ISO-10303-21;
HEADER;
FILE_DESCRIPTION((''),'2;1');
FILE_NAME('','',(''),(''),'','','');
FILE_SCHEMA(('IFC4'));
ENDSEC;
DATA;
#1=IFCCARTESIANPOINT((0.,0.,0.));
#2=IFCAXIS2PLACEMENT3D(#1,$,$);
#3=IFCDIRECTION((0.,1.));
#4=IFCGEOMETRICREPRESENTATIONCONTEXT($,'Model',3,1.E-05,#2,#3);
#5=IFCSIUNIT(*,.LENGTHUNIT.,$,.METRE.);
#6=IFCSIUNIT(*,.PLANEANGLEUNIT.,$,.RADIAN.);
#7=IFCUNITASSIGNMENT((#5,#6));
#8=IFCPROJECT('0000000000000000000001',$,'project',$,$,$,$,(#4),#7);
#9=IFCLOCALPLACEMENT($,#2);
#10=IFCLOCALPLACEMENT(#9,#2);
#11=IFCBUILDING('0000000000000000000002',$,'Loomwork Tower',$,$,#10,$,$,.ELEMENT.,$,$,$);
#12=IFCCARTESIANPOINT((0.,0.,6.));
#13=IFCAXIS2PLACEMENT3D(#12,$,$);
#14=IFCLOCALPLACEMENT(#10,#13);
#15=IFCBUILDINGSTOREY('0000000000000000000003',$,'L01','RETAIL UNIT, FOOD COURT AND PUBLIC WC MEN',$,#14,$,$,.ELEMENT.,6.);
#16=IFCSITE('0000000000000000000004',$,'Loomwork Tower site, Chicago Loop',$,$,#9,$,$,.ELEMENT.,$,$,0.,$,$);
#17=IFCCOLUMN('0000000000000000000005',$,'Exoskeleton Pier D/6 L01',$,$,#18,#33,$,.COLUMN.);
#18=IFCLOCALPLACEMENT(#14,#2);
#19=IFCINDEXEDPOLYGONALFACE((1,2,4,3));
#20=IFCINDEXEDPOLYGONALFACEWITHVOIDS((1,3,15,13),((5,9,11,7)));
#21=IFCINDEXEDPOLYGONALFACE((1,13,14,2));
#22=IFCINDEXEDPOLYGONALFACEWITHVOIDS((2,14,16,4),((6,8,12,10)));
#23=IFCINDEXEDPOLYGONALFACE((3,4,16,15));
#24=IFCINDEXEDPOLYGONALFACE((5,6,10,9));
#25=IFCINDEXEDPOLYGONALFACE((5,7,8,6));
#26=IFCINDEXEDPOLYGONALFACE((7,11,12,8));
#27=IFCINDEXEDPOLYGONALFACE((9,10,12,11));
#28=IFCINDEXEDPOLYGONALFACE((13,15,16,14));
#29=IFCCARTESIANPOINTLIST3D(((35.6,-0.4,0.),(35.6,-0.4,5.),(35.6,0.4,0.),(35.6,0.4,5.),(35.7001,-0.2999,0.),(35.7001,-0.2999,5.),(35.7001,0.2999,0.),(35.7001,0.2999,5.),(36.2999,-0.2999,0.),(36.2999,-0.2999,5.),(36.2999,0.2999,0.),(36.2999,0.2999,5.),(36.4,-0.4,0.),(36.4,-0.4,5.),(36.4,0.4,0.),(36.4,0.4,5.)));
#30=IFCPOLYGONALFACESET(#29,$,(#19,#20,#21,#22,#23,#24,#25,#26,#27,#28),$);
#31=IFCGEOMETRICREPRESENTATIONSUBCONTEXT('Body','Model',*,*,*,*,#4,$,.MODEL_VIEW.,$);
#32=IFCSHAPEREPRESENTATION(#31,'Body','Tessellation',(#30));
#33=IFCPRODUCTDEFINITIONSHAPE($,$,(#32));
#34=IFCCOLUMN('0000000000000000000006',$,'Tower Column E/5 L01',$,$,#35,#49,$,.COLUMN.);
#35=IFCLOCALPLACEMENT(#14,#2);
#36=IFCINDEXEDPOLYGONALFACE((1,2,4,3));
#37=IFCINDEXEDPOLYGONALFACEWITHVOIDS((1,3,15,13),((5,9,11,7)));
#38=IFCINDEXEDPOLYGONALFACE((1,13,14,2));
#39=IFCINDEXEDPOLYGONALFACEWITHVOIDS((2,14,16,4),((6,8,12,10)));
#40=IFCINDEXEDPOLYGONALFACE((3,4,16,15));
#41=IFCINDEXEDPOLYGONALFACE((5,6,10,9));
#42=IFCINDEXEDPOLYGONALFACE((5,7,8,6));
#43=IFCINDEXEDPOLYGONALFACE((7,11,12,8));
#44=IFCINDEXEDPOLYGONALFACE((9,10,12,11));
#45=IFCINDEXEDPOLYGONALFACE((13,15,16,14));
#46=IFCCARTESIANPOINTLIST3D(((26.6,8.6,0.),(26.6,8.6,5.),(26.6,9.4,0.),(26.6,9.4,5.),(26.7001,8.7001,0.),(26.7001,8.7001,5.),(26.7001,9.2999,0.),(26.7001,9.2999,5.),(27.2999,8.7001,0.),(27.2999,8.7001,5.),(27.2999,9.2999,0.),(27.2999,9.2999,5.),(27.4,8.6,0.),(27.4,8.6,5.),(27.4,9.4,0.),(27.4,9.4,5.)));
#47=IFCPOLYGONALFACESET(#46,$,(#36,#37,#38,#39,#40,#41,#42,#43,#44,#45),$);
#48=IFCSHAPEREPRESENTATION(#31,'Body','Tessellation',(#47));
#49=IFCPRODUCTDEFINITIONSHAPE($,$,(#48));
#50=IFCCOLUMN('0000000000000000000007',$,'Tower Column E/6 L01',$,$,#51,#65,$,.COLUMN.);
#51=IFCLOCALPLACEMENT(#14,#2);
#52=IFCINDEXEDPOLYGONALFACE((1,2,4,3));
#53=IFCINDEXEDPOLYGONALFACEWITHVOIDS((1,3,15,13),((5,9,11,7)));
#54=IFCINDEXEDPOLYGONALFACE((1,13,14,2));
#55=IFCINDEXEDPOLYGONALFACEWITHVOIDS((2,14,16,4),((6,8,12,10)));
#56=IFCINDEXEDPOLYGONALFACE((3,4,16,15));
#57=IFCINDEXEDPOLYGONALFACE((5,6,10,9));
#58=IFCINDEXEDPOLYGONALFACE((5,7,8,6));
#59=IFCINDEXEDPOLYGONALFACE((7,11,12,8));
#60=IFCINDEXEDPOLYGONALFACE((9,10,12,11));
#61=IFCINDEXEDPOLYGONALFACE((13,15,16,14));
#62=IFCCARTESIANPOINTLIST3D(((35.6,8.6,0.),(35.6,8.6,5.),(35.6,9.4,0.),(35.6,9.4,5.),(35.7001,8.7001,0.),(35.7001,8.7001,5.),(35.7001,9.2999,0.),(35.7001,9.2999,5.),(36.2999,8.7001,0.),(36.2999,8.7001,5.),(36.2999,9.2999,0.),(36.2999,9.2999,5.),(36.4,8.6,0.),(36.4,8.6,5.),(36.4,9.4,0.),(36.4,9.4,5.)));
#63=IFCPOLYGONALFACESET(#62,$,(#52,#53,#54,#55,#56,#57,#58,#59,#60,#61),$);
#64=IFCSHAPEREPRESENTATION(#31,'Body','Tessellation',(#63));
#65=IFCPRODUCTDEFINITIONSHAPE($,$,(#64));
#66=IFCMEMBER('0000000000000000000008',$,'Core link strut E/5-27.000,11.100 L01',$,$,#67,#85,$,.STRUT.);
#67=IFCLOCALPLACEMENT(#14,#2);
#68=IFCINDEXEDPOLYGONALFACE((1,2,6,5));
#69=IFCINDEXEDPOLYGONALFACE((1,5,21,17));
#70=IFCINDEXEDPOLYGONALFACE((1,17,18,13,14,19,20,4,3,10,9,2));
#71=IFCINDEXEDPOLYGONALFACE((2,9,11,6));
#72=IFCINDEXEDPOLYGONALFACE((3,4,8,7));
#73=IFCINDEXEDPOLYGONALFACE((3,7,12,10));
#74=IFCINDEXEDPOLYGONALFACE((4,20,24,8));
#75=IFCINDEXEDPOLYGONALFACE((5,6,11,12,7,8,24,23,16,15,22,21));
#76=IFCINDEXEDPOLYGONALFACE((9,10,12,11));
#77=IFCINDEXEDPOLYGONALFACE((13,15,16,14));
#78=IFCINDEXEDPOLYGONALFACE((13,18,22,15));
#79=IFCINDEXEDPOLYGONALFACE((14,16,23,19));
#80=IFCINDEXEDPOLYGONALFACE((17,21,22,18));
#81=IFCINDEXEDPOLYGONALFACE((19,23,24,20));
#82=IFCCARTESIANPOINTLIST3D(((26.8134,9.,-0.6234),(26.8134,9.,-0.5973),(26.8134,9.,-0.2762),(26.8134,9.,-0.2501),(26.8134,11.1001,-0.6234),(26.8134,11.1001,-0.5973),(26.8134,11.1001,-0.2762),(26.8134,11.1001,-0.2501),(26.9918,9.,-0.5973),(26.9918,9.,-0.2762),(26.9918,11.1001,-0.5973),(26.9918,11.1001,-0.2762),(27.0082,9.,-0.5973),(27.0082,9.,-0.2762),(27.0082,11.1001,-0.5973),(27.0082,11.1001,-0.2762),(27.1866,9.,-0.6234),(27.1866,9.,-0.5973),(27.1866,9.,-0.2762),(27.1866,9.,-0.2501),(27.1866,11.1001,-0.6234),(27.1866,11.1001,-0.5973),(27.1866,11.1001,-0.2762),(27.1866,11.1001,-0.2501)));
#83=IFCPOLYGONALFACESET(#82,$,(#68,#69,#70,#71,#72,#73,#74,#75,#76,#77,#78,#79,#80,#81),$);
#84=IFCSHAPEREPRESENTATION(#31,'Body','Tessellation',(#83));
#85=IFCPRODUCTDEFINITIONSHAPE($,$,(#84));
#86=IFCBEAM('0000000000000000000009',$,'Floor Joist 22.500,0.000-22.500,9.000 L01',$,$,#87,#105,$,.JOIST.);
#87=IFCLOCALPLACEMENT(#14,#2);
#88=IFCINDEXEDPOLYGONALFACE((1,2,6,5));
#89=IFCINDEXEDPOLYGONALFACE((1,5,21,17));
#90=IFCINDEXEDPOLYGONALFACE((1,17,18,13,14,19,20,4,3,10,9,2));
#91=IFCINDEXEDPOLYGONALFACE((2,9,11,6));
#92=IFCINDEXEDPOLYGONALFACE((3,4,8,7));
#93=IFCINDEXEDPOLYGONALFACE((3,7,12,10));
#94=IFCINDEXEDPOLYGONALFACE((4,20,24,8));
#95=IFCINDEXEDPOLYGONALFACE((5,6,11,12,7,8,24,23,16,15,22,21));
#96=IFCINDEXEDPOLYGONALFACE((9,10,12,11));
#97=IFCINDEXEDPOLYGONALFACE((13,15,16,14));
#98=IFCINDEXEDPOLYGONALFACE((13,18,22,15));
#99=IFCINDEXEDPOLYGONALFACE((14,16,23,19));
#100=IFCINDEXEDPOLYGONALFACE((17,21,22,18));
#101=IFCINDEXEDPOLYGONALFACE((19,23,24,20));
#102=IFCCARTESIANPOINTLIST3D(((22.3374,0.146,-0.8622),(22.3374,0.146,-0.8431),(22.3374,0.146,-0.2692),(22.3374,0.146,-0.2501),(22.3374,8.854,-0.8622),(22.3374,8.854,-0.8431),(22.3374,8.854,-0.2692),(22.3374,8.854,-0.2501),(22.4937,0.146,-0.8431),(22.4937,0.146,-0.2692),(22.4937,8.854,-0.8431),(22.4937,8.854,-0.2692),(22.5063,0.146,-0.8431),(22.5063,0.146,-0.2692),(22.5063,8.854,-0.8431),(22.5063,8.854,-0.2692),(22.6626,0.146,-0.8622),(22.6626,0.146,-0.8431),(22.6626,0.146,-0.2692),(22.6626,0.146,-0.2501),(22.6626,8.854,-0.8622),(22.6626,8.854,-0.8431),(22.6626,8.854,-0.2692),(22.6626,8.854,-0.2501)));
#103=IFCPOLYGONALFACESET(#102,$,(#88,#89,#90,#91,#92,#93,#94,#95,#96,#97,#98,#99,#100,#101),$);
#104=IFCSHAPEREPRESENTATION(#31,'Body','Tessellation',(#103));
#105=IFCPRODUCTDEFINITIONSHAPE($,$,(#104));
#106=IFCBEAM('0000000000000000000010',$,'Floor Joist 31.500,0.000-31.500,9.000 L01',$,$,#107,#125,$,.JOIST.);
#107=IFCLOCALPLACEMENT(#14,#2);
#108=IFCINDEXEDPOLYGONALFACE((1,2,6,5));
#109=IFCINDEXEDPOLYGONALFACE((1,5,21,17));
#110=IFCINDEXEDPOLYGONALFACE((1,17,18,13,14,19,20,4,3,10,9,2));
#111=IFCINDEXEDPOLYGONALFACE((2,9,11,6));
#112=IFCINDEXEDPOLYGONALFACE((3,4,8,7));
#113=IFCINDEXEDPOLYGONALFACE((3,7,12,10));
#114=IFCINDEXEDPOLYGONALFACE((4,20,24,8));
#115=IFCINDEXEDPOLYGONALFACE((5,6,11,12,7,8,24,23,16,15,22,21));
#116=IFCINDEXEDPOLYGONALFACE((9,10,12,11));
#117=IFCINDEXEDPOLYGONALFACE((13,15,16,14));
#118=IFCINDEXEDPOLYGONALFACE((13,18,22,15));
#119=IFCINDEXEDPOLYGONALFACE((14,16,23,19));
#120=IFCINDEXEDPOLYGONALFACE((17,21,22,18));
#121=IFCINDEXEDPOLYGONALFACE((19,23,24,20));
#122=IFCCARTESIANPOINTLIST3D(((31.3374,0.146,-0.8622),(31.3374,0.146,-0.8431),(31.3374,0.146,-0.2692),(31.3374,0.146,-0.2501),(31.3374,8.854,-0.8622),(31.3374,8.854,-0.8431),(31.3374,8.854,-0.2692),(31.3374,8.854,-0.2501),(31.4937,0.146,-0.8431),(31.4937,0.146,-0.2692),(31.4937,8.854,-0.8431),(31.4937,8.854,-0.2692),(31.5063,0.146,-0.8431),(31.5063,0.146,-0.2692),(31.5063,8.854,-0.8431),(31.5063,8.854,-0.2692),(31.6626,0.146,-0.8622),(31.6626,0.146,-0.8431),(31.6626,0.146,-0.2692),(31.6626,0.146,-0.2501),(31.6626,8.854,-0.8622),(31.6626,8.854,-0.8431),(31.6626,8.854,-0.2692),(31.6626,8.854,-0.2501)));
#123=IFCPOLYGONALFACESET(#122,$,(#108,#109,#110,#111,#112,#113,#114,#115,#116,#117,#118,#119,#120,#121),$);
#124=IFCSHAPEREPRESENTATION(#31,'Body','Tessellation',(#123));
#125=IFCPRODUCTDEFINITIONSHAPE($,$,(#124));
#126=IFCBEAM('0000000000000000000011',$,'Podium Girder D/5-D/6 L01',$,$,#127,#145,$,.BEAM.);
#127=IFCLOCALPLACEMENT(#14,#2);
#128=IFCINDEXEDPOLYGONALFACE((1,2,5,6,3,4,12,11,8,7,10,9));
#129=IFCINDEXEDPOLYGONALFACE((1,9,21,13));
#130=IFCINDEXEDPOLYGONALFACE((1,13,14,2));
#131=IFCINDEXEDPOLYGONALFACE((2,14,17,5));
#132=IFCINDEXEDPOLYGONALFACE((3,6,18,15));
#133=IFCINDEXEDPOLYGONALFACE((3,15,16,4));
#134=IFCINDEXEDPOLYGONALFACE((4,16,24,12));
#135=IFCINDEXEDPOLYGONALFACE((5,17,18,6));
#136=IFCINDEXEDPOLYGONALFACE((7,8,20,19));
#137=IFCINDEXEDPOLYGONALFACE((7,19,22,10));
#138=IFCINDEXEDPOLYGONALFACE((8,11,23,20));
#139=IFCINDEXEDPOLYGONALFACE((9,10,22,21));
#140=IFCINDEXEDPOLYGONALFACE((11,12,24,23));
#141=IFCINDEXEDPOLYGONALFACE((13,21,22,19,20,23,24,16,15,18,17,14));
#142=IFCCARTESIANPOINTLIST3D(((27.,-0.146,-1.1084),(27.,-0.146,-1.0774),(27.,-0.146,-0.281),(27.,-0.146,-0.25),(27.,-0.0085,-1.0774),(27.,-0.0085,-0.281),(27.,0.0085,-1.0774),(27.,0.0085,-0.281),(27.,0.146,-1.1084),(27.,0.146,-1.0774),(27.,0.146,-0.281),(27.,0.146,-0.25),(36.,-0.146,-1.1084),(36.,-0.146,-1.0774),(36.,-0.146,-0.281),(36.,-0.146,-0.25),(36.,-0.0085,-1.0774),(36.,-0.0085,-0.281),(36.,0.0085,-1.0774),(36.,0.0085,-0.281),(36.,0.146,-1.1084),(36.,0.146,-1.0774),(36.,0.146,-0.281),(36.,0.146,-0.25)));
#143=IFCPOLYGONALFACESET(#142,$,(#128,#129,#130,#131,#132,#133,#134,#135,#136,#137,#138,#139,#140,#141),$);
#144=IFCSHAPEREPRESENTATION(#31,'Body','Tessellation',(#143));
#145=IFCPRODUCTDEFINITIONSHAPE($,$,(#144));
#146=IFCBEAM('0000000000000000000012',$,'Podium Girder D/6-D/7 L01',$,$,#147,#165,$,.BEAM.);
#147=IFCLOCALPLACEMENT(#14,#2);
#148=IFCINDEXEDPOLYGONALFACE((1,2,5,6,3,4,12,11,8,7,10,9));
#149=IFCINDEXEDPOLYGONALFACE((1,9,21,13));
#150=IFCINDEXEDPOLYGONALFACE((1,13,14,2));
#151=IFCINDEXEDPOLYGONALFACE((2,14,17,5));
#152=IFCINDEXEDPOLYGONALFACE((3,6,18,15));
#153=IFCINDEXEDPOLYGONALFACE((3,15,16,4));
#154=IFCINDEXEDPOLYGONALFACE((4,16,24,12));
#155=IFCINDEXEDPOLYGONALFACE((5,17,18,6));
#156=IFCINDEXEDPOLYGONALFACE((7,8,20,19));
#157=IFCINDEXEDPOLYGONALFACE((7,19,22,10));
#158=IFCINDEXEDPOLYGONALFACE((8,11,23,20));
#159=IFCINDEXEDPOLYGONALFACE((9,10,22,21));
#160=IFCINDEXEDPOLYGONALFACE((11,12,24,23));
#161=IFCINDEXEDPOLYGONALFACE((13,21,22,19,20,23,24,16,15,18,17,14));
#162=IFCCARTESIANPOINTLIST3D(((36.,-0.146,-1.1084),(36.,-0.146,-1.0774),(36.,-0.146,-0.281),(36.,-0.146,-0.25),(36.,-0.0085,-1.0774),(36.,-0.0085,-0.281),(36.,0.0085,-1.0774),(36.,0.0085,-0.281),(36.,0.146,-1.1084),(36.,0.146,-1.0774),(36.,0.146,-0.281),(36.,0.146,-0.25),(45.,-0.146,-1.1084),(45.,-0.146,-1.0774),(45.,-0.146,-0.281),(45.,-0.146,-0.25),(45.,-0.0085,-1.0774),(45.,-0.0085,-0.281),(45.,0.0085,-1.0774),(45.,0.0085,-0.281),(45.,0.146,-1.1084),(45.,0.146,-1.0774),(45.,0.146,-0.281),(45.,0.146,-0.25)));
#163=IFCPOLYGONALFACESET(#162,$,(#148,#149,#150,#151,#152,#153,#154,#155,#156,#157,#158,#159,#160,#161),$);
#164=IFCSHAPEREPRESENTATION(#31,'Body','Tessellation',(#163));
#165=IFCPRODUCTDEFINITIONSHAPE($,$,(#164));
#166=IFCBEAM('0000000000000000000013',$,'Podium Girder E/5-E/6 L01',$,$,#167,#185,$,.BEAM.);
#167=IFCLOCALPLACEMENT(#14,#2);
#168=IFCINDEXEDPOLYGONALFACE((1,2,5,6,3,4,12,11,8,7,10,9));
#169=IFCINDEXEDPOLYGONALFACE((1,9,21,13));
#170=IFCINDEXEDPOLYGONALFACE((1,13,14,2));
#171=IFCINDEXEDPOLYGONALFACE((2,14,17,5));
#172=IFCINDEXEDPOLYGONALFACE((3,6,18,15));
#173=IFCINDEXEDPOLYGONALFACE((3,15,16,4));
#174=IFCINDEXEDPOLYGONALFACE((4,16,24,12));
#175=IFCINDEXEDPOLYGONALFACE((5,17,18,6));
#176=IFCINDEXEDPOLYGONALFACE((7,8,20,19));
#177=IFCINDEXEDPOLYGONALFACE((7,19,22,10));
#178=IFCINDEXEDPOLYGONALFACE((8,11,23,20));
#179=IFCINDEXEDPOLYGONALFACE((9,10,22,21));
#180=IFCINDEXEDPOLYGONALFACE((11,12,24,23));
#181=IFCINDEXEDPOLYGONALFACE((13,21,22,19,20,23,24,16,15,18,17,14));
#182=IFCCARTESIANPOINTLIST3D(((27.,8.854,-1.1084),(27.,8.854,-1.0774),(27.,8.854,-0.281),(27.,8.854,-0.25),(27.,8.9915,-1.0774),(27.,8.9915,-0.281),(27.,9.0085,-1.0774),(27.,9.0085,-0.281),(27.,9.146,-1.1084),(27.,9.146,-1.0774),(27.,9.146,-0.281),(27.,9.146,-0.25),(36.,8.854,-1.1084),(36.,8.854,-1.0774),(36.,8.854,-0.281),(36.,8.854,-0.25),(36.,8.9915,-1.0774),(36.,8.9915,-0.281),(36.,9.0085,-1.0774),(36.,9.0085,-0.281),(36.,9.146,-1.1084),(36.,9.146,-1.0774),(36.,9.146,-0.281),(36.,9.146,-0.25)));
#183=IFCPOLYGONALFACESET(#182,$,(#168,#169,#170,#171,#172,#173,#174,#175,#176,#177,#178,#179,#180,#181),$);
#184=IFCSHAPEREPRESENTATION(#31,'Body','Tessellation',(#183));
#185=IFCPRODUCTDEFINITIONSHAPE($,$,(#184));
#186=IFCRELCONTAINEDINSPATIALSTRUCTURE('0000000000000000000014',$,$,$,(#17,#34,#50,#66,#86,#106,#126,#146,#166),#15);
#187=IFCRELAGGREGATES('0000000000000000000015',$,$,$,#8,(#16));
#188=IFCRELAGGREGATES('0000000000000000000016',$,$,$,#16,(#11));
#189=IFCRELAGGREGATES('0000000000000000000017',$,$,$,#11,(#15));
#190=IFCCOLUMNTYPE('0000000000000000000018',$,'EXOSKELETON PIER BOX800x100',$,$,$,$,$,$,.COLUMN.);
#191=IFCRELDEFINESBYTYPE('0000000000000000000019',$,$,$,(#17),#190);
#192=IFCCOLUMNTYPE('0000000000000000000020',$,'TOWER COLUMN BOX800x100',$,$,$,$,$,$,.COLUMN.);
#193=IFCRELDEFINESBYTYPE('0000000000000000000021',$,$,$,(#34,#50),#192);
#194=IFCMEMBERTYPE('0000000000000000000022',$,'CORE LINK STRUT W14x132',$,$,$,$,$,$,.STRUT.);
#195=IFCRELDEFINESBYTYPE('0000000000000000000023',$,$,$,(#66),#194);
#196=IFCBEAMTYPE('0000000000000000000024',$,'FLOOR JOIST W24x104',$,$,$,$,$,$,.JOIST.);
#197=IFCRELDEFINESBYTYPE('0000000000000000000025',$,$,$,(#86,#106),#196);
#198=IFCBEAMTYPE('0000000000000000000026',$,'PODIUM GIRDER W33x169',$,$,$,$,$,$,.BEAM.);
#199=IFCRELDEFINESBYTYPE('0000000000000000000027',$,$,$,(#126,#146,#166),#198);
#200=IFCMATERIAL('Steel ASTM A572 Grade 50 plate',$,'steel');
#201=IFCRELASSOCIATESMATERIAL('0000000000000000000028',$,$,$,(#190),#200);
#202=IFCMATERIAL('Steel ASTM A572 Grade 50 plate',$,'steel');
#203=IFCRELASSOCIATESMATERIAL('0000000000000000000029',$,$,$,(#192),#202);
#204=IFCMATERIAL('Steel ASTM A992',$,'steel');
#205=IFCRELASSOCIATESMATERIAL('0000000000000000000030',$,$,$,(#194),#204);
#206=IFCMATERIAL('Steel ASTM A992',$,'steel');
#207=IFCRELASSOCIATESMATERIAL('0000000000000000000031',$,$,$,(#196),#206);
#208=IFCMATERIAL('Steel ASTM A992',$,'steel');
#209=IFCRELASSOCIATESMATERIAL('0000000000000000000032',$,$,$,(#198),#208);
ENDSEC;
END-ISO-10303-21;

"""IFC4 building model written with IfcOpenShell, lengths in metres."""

from ifc_helpers import new_model, si_unit, direction, frame, origin, origin_2d, place, context, subcontext, project, spatial, hollow_rectangle, i_section, extrude, material, material_profile, profile_set, type_object, element, save


model = new_model("IFC4")

# Units and contexts
model_context = context("Model", 3, precision=1e-05, world=origin(), true_north=direction((0.0, 1.0)))
body_context = subcontext(model_context, "Body", "Model", "MODEL_VIEW")
ifc_project = project(units=[si_unit("LENGTHUNIT", "METRE"), si_unit("PLANEANGLEUNIT", "RADIAN")], contexts=[model_context])

# Site, building, storey
site_placement = place(None, origin())
site = spatial("IfcSite", under=ifc_project, at=site_placement, Name="Loomwork Tower site, Chicago Loop", CompositionType="ELEMENT", RefElevation=0.0)
building_placement = place(site_placement, origin())
building = spatial("IfcBuilding", under=site, at=building_placement, Name="Loomwork Tower", CompositionType="ELEMENT")
storey_placement = place(building_placement, frame((0.0, 0.0, 6.0)))
storey = spatial("IfcBuildingStorey", under=building, at=storey_placement, Name="L01", Description="RETAIL UNIT, FOOD COURT AND PUBLIC WC MEN", CompositionType="ELEMENT", Elevation=6.0)

# Columns
ifc_material_1 = material(Name="Steel ASTM A572 Grade 50 plate", Category="steel")
ifc_material_profile_1 = material_profile(ifc_material_1, hollow_rectangle(XDim=0.8, YDim=0.8, WallThickness=0.1001, at=origin_2d()), Name="BOX800x100")
ifc_profile_set_1 = profile_set([ifc_material_profile_1], Name="Steel ASTM A572 Grade 50 plate")
column_type_1 = type_object("IfcColumnType", Name="EXOSKELETON PIER BOX800x100", PredefinedType="COLUMN", material=ifc_profile_set_1)
column_placement = place(storey_placement, frame((36.0, 0.0, 0.0), z_axis=(0.0, 0.0, 1.0), x_axis=(1.0, 0.0, 0.0)))
element("IfcColumn", 1, at=column_placement, inside=storey, type_object=column_type_1, Name="Exoskeleton Pier D/6 L01", PredefinedType="COLUMN", context=body_context, shape_type="SweptSolid", body=[
    extrude(hollow_rectangle(XDim=0.8, YDim=0.8, WallThickness=0.1001, at=origin_2d()), origin(), (0.0, 0.0, 1.0), 5.0),
])
ifc_material_2 = material(Name="Steel ASTM A572 Grade 50 plate", Category="steel")
ifc_material_profile_2 = material_profile(ifc_material_2, hollow_rectangle(XDim=0.8, YDim=0.8, WallThickness=0.1001, at=origin_2d()), Name="BOX800x100")
ifc_profile_set_2 = profile_set([ifc_material_profile_2], Name="Steel ASTM A572 Grade 50 plate")
column_type_2 = type_object("IfcColumnType", Name="TOWER COLUMN BOX800x100", PredefinedType="COLUMN", material=ifc_profile_set_2)
for number, where, z_axis, x_axis, name in (
    (2, (27.0, 9.0, 0.0), (0.0, 0.0, 1.0), (1.0, 0.0, 0.0), "Tower Column E/5 L01"),
    (3, (36.0, 9.0, 0.0), (0.0, 0.0, 1.0), (0.0, 1.0, 0.0), "Tower Column E/6 L01"),
):
    element("IfcColumn", number, at=place(storey_placement, frame(where, z_axis=z_axis, x_axis=x_axis)), inside=storey, type_object=column_type_2, Name=name, PredefinedType="COLUMN", context=body_context, shape_type="SweptSolid", body=[
        extrude(hollow_rectangle(XDim=0.8, YDim=0.8, WallThickness=0.1001, at=origin_2d()), origin(), (0.0, 0.0, 1.0), 5.0),
    ])

# Member
ifc_material_3 = material(Name="Steel ASTM A992", Category="steel")
ifc_material_profile_3 = material_profile(ifc_material_3, i_section(OverallWidth=0.3733, OverallDepth=0.3733, WebThickness=0.0164, FlangeThickness=0.0261, at=origin_2d()), Name="W14x132")
ifc_profile_set_3 = profile_set([ifc_material_profile_3], Name="Steel ASTM A992")
member_type = type_object("IfcMemberType", Name="CORE LINK STRUT W14x132", PredefinedType="STRUT", material=ifc_profile_set_3)
member_placement = place(storey_placement, frame((27.0, 9.0, -0.4368), z_axis=(0.0, 1.0, 0.0), x_axis=(-1.0, 0.0, 0.0)))
element("IfcMember", 4, at=member_placement, inside=storey, type_object=member_type, Name="Core link strut E/5-27.000,11.100 L01", PredefinedType="STRUT", context=body_context, shape_type="SweptSolid", body=[
    extrude(i_section(OverallWidth=0.3733, OverallDepth=0.3733, WebThickness=0.0164, FlangeThickness=0.0261, at=origin_2d()), origin(), (0.0, 0.0, 1.0), 2.1001),
])

# Beams
ifc_material_4 = material(Name="Steel ASTM A992", Category="steel")
ifc_material_profile_4 = material_profile(ifc_material_4, i_section(OverallWidth=0.3252, OverallDepth=0.6121, WebThickness=0.0127, FlangeThickness=0.019, at=origin_2d()), Name="W24x104")
ifc_profile_set_4 = profile_set([ifc_material_profile_4], Name="Steel ASTM A992")
beam_type_1 = type_object("IfcBeamType", Name="FLOOR JOIST W24x104", PredefinedType="JOIST", material=ifc_profile_set_4)
for number, where, z_axis, x_axis, name in (
    (5, (22.5, 0.146, -0.5562), (0.0, 1.0, 0.0), (-1.0, 0.0, 0.0), "Floor Joist 22.500,0.000-22.500,9.000 L01"),
    (6, (31.5, 0.146, -0.5562), (0.0, 1.0, 0.0), (-1.0, 0.0, 0.0), "Floor Joist 31.500,0.000-31.500,9.000 L01"),
):
    element("IfcBeam", number, at=place(storey_placement, frame(where, z_axis=z_axis, x_axis=x_axis)), inside=storey, type_object=beam_type_1, Name=name, PredefinedType="JOIST", context=body_context, shape_type="SweptSolid", body=[
        extrude(i_section(OverallWidth=0.3252, OverallDepth=0.6121, WebThickness=0.0127, FlangeThickness=0.019, at=origin_2d()), origin(), (0.0, 0.0, 1.0), 8.708),
    ])
ifc_material_5 = material(Name="Steel ASTM A992", Category="steel")
ifc_material_profile_5 = material_profile(ifc_material_5, i_section(OverallWidth=0.292, OverallDepth=0.8584, WebThickness=0.0171, FlangeThickness=0.031, at=origin_2d()), Name="W33x169")
ifc_profile_set_5 = profile_set([ifc_material_profile_5], Name="Steel ASTM A992")
beam_type_2 = type_object("IfcBeamType", Name="PODIUM GIRDER W33x169", PredefinedType="BEAM", material=ifc_profile_set_5)
for number, where, z_axis, x_axis, name in (
    (7, (27.0, 0.0, -0.6792), (1.0, 0.0, 0.0), (0.0, 1.0, 0.0), "Podium Girder D/5-D/6 L01"),
    (8, (36.0, 0.0, -0.6792), (1.0, 0.0, 0.0), (0.0, 1.0, 0.0), "Podium Girder D/6-D/7 L01"),
    (9, (27.0, 9.0, -0.6792), (1.0, 0.0, 0.0), (0.0, 1.0, 0.0), "Podium Girder E/5-E/6 L01"),
):
    element("IfcBeam", number, at=place(storey_placement, frame(where, z_axis=z_axis, x_axis=x_axis)), inside=storey, type_object=beam_type_2, Name=name, PredefinedType="BEAM", context=body_context, shape_type="SweptSolid", body=[
        extrude(i_section(OverallWidth=0.292, OverallDepth=0.8584, WebThickness=0.0171, FlangeThickness=0.031, at=origin_2d()), origin(), (0.0, 0.0, 1.0), 9.0),
    ])

save(model, "model.ifc")
